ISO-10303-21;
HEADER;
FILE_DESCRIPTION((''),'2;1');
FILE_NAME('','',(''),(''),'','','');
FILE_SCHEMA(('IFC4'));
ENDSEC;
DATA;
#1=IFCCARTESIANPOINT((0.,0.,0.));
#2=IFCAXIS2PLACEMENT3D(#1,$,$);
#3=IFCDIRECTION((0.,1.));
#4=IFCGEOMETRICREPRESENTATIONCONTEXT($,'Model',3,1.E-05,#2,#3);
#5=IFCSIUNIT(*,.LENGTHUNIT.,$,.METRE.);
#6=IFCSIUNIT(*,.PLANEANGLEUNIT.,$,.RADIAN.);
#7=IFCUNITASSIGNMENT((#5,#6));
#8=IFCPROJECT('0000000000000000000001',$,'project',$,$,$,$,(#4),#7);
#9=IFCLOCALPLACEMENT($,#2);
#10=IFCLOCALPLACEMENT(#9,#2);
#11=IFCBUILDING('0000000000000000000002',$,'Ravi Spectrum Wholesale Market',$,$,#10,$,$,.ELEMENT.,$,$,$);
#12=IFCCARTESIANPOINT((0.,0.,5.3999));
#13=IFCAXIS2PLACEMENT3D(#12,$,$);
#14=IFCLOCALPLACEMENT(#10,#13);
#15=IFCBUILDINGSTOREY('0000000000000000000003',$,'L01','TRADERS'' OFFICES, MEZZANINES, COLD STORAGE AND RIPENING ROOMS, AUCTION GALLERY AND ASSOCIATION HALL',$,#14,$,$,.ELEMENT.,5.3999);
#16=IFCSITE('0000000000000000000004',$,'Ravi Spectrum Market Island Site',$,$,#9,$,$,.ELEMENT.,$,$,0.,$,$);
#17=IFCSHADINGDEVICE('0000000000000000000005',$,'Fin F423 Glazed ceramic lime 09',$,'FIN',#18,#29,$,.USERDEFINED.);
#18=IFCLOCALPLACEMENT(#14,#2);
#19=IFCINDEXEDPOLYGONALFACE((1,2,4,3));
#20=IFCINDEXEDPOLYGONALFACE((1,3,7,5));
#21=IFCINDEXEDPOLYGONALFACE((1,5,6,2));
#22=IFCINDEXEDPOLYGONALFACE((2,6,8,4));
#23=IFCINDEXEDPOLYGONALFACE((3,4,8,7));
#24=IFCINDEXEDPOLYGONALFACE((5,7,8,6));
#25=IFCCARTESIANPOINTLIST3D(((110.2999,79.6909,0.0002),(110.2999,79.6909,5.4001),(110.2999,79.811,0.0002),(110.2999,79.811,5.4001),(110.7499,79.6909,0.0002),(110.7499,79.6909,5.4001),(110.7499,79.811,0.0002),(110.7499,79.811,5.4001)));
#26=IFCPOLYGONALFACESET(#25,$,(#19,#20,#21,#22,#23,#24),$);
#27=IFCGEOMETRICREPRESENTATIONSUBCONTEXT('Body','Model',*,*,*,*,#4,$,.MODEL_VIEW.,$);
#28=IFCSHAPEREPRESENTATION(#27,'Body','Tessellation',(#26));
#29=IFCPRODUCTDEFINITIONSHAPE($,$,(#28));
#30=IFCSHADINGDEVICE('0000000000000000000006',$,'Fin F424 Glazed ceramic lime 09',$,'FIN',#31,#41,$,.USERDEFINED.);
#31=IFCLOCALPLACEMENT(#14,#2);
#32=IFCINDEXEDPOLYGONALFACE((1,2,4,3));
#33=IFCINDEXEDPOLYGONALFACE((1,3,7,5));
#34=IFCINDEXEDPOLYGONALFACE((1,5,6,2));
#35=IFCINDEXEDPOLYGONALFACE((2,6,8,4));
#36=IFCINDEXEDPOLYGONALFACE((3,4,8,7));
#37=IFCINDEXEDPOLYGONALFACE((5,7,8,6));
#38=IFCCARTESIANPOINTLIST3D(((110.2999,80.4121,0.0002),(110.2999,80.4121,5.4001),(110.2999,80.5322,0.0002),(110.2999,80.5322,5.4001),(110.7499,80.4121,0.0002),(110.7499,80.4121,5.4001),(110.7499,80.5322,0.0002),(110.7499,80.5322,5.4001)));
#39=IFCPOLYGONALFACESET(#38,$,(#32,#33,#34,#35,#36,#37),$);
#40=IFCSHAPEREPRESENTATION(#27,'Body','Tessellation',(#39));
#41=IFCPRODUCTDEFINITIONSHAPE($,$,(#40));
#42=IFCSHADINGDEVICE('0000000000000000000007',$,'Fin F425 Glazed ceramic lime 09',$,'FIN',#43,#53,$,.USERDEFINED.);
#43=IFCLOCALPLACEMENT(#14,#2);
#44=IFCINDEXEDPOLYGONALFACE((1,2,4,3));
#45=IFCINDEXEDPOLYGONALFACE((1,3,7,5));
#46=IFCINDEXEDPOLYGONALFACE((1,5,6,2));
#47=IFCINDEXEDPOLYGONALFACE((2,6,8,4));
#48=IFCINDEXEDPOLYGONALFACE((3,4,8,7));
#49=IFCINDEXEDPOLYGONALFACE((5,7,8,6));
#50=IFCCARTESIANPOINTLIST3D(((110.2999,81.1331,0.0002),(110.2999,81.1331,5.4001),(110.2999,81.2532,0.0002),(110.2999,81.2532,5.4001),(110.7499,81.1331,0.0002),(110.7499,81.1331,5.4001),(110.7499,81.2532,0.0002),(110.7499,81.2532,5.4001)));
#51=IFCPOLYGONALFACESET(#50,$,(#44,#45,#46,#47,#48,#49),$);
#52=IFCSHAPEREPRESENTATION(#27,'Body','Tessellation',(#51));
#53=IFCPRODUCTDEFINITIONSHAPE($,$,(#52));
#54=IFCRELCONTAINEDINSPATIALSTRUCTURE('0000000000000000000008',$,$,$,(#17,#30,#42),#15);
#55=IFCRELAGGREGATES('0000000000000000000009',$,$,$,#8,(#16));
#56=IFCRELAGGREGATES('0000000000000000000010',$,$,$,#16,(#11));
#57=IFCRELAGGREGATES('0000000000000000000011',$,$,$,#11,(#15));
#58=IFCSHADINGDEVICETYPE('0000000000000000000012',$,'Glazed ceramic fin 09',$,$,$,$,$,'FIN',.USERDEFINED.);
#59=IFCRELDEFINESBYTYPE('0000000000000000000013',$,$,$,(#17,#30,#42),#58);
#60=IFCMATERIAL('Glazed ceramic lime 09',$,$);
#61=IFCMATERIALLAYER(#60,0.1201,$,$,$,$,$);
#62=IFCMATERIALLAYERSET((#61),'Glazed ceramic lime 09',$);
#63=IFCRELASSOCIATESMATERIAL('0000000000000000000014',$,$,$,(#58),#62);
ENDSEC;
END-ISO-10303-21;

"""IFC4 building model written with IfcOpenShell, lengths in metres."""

from ifc_helpers import new_model, si_unit, direction, frame, origin, origin_2d, place, context, subcontext, project, spatial, rectangle, extrude, material, layer, layer_set, type_object, element, save


model = new_model("IFC4")

# Units and contexts
model_context = context("Model", 3, precision=1e-05, world=origin(), true_north=direction((0.0, 1.0)))
body_context = subcontext(model_context, "Body", "Model", "MODEL_VIEW")
ifc_project = project(units=[si_unit("LENGTHUNIT", "METRE"), si_unit("PLANEANGLEUNIT", "RADIAN")], contexts=[model_context])

# Site, building, storey
site_placement = place(None, origin())
site = spatial("IfcSite", under=ifc_project, at=site_placement, Name="Ravi Spectrum Market Island Site", CompositionType="ELEMENT", RefElevation=0.0)
building_placement = place(site_placement, origin())
building = spatial("IfcBuilding", under=site, at=building_placement, Name="Ravi Spectrum Wholesale Market", CompositionType="ELEMENT")
storey_placement = place(building_placement, frame((0.0, 0.0, 5.3999)))
storey = spatial("IfcBuildingStorey", under=building, at=storey_placement, Name="L01", Description="TRADERS' OFFICES, MEZZANINES, COLD STORAGE AND RIPENING ROOMS, AUCTION GALLERY AND ASSOCIATION HALL", CompositionType="ELEMENT", Elevation=5.3999)

# Shading devices
ifc_material_1 = material(Name="Glazed ceramic lime 09")
ifc_layer_1 = layer(ifc_material_1, 0.1201)
ifc_layer_set_1 = layer_set([ifc_layer_1], Name="Glazed ceramic lime 09")
shading_device_type_1 = type_object("IfcShadingDeviceType", Name="Glazed ceramic fin 09", ElementType="FIN", PredefinedType="USERDEFINED", material=ifc_layer_set_1)
for number, where, z_axis, x_axis, name in (
    (1, (110.5249, 79.751, 0.0002), (0.0, 0.0, 1.0), (0.0, 1.0, 0.0), "Fin F423 Glazed ceramic lime 09"),
    (2, (110.5249, 80.4722, 0.0002), (0.0, 0.0, 1.0), (0.0, 1.0, 0.0), "Fin F424 Glazed ceramic lime 09"),
    (3, (110.5249, 81.1931, 0.0002), (0.0, 0.0, 1.0), (0.0, 1.0, 0.0), "Fin F425 Glazed ceramic lime 09"),
):
    element("IfcShadingDevice", number, at=place(storey_placement, frame(where, z_axis=z_axis, x_axis=x_axis)), inside=storey, type_object=shading_device_type_1, Name=name, ObjectType="FIN", PredefinedType="USERDEFINED", context=body_context, shape_type="SweptSolid", body=[
        extrude(rectangle(XDim=0.1201, YDim=0.45, at=origin_2d()), origin(), (0.0, 0.0, 1.0), 5.3999),
    ])

save(model, "model.ifc")
